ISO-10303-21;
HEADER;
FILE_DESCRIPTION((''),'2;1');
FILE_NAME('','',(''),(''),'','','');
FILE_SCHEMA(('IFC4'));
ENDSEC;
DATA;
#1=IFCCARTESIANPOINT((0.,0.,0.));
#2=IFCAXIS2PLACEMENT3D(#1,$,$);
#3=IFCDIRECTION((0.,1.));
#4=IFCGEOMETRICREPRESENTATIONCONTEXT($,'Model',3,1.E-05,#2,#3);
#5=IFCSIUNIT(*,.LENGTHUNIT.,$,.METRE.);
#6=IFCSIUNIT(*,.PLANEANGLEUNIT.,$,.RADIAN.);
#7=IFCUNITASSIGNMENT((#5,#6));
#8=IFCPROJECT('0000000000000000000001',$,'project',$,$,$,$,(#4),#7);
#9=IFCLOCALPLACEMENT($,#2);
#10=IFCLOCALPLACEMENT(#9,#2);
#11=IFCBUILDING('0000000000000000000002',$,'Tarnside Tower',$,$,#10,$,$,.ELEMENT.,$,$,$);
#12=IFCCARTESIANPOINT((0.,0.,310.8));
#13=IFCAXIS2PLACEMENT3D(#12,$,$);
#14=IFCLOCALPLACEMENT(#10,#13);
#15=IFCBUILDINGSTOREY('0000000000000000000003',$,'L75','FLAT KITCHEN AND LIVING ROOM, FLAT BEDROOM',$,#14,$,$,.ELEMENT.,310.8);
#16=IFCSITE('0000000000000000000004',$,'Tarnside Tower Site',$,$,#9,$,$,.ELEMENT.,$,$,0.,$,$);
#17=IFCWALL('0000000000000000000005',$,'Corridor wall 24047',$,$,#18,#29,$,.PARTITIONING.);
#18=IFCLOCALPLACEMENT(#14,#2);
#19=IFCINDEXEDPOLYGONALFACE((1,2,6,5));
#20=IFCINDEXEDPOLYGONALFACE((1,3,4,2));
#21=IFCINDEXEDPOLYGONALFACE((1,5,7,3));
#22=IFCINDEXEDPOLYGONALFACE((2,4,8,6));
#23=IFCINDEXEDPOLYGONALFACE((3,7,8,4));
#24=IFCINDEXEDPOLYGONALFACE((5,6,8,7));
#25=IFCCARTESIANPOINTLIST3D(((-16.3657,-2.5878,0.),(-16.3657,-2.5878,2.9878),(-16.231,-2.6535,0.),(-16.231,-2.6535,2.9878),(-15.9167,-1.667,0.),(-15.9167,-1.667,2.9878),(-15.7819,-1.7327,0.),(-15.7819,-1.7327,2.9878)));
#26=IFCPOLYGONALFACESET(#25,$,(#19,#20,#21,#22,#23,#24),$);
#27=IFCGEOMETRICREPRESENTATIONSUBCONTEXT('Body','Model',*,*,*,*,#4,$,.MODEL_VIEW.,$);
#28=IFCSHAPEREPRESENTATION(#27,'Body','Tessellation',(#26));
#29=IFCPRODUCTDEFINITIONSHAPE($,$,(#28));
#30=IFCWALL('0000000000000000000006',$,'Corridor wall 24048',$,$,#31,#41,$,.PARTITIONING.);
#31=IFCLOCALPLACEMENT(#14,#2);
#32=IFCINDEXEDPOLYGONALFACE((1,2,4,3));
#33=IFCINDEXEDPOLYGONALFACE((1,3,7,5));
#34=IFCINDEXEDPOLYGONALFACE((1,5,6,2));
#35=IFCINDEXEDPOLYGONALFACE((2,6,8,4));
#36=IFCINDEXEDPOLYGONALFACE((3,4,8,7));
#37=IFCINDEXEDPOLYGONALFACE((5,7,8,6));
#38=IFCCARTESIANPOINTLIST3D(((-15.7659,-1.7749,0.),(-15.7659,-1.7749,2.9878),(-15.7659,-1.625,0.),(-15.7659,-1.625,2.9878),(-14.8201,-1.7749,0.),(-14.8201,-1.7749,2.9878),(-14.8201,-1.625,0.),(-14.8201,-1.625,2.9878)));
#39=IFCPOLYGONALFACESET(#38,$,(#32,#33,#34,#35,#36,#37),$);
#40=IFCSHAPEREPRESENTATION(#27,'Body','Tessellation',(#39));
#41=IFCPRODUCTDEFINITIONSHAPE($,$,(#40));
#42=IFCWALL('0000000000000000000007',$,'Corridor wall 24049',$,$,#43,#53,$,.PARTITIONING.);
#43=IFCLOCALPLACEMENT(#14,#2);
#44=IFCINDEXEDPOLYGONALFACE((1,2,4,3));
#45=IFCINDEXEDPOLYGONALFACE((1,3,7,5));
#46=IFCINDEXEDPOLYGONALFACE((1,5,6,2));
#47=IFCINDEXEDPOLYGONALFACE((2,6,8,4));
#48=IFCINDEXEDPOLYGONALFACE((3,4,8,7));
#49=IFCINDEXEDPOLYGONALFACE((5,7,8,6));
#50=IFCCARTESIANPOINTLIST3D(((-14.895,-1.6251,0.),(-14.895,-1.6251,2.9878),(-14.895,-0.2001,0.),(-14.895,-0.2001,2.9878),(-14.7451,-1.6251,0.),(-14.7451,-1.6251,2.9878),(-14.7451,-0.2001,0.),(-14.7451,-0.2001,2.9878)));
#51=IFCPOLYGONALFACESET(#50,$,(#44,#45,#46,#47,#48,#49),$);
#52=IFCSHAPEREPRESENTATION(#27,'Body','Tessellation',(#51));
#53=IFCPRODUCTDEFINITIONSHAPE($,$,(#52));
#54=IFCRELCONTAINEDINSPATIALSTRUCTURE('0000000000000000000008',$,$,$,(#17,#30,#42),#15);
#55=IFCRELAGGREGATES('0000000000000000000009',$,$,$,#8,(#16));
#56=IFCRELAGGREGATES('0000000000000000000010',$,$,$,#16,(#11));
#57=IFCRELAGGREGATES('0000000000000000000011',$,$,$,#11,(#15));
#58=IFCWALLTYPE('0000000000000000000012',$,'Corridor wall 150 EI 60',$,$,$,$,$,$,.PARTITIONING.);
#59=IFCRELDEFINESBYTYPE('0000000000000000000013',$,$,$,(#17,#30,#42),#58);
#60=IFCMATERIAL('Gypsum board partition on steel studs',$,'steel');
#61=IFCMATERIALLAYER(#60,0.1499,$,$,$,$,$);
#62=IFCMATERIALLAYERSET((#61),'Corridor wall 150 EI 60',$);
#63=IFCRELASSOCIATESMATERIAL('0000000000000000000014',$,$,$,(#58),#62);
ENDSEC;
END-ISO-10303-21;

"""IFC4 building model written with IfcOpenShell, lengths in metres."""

from ifc_helpers import new_model, si_unit, direction, frame, frame_2d, origin, place, context, subcontext, project, spatial, rectangle, extrude, material, layer, layer_set, type_object, element, save


model = new_model("IFC4")

# Units and contexts
model_context = context("Model", 3, precision=1e-05, world=origin(), true_north=direction((0.0, 1.0)))
body_context = subcontext(model_context, "Body", "Model", "MODEL_VIEW")
ifc_project = project(units=[si_unit("LENGTHUNIT", "METRE"), si_unit("PLANEANGLEUNIT", "RADIAN")], contexts=[model_context])

# Site, building, storey
site_placement = place(None, origin())
site = spatial("IfcSite", under=ifc_project, at=site_placement, Name="Tarnside Tower Site", CompositionType="ELEMENT", RefElevation=0.0)
building_placement = place(site_placement, origin())
building = spatial("IfcBuilding", under=site, at=building_placement, Name="Tarnside Tower", CompositionType="ELEMENT")
storey_placement = place(building_placement, frame((0.0, 0.0, 310.8)))
storey = spatial("IfcBuildingStorey", under=building, at=storey_placement, Name="L75", Description="FLAT KITCHEN AND LIVING ROOM, FLAT BEDROOM", CompositionType="ELEMENT", Elevation=310.8)

# Shared definitions
ifc_material_1 = material(Name="Gypsum board partition on steel studs", Category="steel")

# Shared definitions
ifc_layer_1 = layer(ifc_material_1, 0.1499)
ifc_layer_set_1 = layer_set([ifc_layer_1], Name="Corridor wall 150 EI 60")
wall_type_1 = type_object("IfcWallType", Name="Corridor wall 150 EI 60", PredefinedType="PARTITIONING", material=ifc_layer_set_1)

# Walls
wall_1_placement = place(storey_placement, frame((-16.2983, -2.6206, 0.0), z_axis=(0.0, 0.0, 1.0), x_axis=(0.438325, 0.898817, 0.0)))
element("IfcWall", 1, at=wall_1_placement, inside=storey, type_object=wall_type_1, Name="Corridor wall 24047", PredefinedType="PARTITIONING", context=body_context, shape_type="SweptSolid", body=[
    extrude(rectangle(XDim=1.0244, YDim=0.1499, at=frame_2d((0.5122, 0.0))), origin(), (0.0, 0.0, 1.0), 2.9878),
])
wall_2_placement = place(storey_placement, frame((-15.7659, -1.7, 0.0), z_axis=(0.0, 0.0, 1.0), x_axis=(1.0, 0.0, 0.0)))
element("IfcWall", 2, at=wall_2_placement, inside=storey, type_object=wall_type_1, Name="Corridor wall 24048", PredefinedType="PARTITIONING", context=body_context, shape_type="SweptSolid", body=[
    extrude(rectangle(XDim=0.9458, YDim=0.1499, at=frame_2d((0.4729, 0.0))), origin(), (0.0, 0.0, 1.0), 2.9878),
])
wall_3_placement = place(storey_placement, frame((-14.8201, -1.625, 0.0), z_axis=(0.0, 0.0, 1.0), x_axis=(0.0, 1.0, 0.0)))
element("IfcWall", 3, at=wall_3_placement, inside=storey, type_object=wall_type_1, Name="Corridor wall 24049", PredefinedType="PARTITIONING", context=body_context, shape_type="SweptSolid", body=[
    extrude(rectangle(XDim=1.425, YDim=0.1499, at=frame_2d((0.7124, 0.0))), origin(), (0.0, 0.0, 1.0), 2.9878),
])

save(model, "model.ifc")
